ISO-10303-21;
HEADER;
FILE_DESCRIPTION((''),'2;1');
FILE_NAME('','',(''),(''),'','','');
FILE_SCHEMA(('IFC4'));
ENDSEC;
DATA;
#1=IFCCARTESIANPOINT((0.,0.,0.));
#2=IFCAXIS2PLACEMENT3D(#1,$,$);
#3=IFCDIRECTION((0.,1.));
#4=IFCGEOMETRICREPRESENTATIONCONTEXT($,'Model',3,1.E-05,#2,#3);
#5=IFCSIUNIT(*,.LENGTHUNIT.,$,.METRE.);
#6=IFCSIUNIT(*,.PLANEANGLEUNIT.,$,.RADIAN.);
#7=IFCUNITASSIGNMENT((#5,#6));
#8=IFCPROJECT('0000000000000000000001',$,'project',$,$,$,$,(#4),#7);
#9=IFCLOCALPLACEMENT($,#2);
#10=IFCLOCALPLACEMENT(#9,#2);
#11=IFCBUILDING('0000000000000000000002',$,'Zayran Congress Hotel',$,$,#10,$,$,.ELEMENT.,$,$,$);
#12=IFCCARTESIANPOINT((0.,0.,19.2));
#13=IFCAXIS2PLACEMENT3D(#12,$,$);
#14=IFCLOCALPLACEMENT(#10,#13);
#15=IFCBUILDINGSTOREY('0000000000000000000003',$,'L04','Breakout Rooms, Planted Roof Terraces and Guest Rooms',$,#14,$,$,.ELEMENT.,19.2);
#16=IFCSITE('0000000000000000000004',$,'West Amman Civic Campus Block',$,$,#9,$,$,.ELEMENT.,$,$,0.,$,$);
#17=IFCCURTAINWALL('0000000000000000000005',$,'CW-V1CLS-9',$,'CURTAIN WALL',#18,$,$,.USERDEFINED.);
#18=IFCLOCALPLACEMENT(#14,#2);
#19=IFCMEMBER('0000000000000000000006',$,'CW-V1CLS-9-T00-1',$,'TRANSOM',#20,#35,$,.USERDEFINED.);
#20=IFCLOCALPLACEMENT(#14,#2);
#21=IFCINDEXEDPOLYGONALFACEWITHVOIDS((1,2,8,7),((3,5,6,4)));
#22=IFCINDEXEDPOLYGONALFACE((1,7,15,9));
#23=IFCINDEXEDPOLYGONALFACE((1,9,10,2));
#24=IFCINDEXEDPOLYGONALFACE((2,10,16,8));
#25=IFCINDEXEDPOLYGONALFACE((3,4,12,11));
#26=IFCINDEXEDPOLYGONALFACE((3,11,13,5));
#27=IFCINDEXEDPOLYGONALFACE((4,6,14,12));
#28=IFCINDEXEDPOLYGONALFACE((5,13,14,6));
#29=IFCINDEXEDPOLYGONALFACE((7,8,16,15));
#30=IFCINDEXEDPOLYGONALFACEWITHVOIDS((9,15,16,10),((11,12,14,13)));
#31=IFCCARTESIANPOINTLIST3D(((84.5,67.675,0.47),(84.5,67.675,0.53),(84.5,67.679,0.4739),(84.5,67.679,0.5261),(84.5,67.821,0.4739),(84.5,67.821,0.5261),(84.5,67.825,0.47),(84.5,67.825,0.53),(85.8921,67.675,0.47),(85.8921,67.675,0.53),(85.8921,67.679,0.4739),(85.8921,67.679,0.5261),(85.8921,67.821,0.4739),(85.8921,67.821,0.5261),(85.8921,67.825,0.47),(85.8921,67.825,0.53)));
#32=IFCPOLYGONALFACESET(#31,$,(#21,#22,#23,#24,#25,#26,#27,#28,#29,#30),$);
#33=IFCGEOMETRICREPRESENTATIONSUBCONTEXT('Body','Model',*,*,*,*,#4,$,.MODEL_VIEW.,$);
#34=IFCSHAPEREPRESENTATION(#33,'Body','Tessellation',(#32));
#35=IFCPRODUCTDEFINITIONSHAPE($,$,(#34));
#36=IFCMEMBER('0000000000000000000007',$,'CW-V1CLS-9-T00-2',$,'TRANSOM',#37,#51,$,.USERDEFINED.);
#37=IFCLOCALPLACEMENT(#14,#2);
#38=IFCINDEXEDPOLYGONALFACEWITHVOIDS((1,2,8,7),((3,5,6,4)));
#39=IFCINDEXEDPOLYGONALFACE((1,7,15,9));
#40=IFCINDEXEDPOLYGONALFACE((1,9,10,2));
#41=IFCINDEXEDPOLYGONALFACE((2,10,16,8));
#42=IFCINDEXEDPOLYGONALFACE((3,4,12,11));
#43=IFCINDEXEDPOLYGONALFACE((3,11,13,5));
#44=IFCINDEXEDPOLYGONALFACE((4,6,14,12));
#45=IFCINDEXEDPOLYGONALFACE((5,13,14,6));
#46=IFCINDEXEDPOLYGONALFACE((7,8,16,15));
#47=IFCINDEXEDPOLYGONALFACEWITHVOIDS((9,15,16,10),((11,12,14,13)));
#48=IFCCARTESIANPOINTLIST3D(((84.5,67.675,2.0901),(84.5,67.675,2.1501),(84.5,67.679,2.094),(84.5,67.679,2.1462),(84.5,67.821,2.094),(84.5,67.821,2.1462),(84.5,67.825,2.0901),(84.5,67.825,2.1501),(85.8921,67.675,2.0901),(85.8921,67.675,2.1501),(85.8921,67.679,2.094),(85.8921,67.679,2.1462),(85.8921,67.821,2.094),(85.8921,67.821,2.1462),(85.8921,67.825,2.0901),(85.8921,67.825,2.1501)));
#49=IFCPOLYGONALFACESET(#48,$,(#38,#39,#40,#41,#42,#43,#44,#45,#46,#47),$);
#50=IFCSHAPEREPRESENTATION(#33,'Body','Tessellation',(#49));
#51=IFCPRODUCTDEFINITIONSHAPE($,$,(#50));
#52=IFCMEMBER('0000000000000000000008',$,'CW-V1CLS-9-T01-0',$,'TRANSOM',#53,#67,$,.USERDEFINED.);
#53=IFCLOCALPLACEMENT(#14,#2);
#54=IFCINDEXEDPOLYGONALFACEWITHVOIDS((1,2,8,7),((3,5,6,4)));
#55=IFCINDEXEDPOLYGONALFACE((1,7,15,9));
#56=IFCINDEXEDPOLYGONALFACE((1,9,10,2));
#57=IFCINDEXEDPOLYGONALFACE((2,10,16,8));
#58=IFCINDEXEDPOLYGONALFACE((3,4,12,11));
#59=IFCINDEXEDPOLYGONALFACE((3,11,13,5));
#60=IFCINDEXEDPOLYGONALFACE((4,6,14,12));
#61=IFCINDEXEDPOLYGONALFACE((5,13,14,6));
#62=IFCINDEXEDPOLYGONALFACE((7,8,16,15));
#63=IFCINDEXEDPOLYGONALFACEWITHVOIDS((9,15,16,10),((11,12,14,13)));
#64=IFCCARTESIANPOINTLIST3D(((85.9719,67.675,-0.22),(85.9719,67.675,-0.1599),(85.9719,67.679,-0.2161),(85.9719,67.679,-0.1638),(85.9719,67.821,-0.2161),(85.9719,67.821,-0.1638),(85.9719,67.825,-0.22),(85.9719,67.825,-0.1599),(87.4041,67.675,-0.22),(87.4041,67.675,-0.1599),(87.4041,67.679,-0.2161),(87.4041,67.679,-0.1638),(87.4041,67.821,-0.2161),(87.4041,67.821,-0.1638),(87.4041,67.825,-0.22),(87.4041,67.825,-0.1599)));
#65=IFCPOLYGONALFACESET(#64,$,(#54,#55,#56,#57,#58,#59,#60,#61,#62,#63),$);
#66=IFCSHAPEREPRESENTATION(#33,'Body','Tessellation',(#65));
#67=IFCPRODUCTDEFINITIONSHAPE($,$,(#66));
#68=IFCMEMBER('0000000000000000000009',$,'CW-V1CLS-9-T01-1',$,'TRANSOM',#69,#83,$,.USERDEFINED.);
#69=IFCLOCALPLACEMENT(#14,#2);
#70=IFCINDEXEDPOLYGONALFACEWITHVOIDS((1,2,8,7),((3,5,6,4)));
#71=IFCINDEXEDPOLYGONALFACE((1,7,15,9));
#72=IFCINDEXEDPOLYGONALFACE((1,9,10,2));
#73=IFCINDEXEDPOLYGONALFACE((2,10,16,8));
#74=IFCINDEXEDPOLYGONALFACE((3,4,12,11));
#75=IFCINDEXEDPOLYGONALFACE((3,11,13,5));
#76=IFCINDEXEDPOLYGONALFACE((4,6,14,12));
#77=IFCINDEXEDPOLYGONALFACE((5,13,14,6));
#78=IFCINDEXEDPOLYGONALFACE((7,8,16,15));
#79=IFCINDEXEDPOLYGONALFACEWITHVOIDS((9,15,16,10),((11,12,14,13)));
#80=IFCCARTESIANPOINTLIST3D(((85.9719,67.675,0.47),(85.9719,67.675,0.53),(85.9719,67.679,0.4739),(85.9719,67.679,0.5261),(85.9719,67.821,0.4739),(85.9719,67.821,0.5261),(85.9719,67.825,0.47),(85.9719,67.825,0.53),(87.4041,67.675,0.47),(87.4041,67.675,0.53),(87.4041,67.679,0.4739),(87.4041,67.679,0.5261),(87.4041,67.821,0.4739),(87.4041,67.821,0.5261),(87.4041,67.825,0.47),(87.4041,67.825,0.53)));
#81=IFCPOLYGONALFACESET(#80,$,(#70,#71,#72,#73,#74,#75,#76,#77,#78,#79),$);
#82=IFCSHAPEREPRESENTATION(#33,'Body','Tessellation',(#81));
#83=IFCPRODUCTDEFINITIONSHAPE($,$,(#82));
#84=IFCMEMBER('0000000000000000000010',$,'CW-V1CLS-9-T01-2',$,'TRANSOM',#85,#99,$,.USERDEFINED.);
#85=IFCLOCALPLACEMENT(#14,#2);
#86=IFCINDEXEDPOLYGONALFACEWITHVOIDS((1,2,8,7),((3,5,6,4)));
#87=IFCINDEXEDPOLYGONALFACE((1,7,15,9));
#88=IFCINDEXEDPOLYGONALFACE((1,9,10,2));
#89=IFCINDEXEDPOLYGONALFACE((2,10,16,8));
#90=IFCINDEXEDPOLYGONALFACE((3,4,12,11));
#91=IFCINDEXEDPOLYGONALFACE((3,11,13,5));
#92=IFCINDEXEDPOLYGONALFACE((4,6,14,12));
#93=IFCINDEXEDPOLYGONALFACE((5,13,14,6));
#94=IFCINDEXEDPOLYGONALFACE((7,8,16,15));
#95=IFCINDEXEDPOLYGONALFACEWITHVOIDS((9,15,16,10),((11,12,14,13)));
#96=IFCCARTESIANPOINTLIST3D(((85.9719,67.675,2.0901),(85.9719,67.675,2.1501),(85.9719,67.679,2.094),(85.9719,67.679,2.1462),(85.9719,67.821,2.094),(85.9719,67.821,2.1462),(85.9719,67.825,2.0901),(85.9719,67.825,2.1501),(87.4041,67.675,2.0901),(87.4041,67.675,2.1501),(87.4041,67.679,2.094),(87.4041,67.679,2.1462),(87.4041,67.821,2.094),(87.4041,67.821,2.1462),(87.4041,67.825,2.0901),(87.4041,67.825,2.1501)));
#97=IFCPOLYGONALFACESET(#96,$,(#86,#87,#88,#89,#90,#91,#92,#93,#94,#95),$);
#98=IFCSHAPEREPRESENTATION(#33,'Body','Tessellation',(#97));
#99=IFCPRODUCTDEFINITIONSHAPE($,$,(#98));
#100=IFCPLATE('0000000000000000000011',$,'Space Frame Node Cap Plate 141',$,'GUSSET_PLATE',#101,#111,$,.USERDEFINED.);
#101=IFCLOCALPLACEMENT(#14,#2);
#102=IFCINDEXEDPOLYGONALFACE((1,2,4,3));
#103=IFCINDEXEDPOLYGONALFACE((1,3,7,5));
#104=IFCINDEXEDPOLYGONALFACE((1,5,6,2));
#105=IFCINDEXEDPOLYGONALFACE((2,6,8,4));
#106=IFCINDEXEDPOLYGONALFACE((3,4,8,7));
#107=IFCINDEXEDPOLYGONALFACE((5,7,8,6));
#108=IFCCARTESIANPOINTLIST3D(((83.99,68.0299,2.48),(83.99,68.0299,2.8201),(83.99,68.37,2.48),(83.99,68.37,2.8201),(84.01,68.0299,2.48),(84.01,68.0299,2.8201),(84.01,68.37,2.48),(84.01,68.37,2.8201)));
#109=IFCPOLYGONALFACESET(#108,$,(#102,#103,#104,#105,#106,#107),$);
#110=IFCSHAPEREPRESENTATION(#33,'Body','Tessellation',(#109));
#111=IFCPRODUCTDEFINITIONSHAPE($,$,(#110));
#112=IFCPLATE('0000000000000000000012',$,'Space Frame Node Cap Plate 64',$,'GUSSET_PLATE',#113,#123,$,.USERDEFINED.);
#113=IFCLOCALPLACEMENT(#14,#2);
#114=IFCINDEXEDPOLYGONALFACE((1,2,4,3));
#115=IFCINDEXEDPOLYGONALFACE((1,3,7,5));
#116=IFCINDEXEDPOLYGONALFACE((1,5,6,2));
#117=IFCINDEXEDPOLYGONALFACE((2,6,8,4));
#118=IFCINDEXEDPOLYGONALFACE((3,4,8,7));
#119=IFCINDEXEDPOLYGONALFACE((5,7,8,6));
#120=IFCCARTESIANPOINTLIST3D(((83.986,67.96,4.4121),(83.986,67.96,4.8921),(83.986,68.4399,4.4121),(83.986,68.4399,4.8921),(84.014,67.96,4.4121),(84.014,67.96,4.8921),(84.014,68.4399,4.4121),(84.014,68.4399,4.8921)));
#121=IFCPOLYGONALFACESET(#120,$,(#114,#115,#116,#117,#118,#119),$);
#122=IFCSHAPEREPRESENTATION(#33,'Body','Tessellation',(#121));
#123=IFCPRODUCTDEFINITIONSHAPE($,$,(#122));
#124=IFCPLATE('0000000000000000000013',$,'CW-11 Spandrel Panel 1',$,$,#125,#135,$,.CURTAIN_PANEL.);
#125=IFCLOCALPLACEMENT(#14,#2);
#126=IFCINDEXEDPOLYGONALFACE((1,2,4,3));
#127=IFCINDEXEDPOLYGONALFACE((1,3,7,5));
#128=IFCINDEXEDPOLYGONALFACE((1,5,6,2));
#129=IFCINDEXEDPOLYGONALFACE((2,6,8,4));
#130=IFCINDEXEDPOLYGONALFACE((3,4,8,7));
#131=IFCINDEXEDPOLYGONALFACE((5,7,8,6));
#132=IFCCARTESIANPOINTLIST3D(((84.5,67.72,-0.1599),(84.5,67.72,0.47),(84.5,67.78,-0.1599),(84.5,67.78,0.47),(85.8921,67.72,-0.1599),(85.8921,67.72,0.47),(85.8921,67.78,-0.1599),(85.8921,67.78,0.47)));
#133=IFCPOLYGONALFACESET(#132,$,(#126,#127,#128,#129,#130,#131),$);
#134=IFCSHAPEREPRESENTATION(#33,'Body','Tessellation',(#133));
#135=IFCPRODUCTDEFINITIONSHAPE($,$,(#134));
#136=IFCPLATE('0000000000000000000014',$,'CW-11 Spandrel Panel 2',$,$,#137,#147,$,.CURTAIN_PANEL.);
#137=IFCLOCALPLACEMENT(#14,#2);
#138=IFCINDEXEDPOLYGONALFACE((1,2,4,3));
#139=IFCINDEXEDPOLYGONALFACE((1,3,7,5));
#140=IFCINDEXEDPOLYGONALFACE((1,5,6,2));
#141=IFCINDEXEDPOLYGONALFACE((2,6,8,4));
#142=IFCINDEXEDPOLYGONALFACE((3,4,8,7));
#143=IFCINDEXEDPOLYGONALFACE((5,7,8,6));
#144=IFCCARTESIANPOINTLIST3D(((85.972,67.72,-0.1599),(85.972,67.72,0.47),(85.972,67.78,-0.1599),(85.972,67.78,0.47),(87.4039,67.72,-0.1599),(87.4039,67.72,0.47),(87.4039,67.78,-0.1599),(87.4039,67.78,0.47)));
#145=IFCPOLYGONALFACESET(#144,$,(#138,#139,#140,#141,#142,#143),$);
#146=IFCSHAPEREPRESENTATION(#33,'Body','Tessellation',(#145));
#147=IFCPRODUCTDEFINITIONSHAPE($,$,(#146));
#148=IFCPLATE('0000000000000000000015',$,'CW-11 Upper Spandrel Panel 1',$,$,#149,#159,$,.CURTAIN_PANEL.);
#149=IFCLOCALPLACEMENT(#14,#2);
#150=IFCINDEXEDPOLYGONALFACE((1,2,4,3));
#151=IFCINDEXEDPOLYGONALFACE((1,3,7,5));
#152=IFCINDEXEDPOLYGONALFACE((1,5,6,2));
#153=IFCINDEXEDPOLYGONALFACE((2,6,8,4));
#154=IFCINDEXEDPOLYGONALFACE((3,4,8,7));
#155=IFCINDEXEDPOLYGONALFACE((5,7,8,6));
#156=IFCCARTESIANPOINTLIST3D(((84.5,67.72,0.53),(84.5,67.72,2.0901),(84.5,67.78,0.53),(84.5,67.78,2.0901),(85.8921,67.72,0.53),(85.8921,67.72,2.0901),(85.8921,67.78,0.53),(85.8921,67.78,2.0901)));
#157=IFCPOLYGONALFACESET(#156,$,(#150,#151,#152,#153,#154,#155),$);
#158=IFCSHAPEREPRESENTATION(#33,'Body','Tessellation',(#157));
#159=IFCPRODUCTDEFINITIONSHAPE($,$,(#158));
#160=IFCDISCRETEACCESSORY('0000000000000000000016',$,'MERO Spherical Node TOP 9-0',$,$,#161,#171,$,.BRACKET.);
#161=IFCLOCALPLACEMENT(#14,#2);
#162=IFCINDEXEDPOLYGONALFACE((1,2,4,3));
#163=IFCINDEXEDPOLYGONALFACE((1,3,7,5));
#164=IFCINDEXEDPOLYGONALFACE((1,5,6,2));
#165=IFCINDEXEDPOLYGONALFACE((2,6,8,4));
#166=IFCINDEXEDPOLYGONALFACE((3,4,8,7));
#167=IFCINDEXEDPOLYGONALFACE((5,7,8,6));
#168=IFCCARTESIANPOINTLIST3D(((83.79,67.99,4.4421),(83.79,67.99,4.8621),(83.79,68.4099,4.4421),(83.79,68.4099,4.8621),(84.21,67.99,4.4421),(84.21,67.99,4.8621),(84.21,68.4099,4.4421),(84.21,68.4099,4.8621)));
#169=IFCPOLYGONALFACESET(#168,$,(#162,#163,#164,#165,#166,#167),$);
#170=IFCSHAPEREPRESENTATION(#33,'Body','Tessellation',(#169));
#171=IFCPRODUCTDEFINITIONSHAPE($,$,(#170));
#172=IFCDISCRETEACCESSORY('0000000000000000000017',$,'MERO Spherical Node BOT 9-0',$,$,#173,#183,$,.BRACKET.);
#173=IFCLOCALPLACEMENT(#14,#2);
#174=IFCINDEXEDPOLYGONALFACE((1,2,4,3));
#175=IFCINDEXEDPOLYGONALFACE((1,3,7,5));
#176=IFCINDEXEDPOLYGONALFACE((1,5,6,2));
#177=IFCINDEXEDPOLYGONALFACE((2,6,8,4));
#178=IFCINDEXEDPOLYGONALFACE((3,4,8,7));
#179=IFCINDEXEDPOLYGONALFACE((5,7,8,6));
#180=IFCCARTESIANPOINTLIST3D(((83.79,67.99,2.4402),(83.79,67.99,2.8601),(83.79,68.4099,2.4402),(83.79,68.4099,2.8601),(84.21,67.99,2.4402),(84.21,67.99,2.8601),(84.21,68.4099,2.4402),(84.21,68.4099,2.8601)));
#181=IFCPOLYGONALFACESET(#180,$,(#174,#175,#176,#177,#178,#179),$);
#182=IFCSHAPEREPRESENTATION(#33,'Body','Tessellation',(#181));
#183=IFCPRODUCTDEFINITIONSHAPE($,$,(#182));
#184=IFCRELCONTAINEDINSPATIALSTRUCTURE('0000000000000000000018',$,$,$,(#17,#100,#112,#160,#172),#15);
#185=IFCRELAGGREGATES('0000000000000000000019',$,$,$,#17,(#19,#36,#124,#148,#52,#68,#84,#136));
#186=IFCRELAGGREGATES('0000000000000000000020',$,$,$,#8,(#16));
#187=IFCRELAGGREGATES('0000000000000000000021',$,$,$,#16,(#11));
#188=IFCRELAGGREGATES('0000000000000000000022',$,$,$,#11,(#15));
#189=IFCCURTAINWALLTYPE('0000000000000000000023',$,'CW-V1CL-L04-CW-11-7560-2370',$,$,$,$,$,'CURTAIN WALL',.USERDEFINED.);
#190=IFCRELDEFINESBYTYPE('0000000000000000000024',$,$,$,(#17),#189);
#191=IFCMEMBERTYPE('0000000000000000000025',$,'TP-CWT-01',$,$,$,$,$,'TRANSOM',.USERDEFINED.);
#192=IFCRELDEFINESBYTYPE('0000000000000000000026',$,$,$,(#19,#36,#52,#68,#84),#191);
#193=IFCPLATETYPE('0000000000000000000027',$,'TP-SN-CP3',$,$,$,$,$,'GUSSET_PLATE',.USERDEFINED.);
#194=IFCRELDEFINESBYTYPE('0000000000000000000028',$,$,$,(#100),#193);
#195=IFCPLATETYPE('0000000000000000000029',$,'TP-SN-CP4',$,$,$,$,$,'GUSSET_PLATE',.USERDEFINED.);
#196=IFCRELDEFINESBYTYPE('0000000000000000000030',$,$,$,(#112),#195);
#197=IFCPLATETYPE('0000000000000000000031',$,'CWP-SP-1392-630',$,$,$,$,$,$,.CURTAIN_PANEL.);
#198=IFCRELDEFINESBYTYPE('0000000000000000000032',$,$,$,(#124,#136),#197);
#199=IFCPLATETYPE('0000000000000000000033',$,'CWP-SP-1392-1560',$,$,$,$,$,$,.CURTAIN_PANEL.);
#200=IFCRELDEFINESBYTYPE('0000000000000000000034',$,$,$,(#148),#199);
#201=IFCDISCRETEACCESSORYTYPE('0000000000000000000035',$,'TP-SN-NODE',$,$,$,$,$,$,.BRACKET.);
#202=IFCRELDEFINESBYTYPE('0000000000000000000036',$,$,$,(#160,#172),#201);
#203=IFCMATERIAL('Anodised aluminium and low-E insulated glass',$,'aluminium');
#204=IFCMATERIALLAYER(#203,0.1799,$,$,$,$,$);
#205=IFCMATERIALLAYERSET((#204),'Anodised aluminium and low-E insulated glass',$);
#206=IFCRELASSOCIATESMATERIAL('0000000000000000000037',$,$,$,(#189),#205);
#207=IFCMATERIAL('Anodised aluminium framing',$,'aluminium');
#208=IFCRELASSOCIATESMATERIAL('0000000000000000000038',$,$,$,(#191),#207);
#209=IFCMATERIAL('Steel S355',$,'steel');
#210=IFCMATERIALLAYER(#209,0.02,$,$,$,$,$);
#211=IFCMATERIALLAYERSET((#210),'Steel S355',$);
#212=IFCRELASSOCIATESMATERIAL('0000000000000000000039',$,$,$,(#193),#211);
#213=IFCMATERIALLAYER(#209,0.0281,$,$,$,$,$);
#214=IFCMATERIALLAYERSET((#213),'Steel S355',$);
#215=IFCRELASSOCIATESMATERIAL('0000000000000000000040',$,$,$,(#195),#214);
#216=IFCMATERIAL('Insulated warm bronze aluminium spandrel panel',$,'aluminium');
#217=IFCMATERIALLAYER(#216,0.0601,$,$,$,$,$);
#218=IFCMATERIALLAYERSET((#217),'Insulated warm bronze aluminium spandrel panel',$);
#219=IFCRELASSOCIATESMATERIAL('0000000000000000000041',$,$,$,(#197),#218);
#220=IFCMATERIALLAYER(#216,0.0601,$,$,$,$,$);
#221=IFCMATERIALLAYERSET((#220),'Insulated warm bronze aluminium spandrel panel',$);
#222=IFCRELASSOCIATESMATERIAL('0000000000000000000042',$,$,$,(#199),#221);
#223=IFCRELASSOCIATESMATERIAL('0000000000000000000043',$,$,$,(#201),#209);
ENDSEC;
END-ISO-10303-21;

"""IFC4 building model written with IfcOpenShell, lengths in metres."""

from ifc_helpers import new_model, si_unit, direction, frame, origin, origin_2d, place, context, subcontext, project, spatial, rectangle, hollow_rectangle, extrude, material, layer, layer_set, material_profile, profile_set, type_object, element, aggregate, save


model = new_model("IFC4")

# Units and contexts
model_context = context("Model", 3, precision=1e-05, world=origin(), true_north=direction((0.0, 1.0)))
body_context = subcontext(model_context, "Body", "Model", "MODEL_VIEW")
ifc_project = project(units=[si_unit("LENGTHUNIT", "METRE"), si_unit("PLANEANGLEUNIT", "RADIAN")], contexts=[model_context])

# Site, building, storey
site_placement = place(None, origin())
site = spatial("IfcSite", under=ifc_project, at=site_placement, Name="West Amman Civic Campus Block", CompositionType="ELEMENT", RefElevation=0.0)
building_placement = place(site_placement, origin())
building = spatial("IfcBuilding", under=site, at=building_placement, Name="Zayran Congress Hotel", CompositionType="ELEMENT")
storey_placement = place(building_placement, frame((0.0, 0.0, 19.2)))
storey = spatial("IfcBuildingStorey", under=building, at=storey_placement, Name="L04", Description="Breakout Rooms, Planted Roof Terraces and Guest Rooms", CompositionType="ELEMENT", Elevation=19.2)

# Shared definitions
ifc_material_1 = material(Name="Steel S355", Category="steel")

# Curtain wall, members
ifc_material_2 = material(Name="Anodised aluminium and low-E insulated glass", Category="aluminium")
ifc_layer_1 = layer(ifc_material_2, 0.1799)
ifc_layer_set_1 = layer_set([ifc_layer_1], Name="Anodised aluminium and low-E insulated glass")
curtain_wall_type = type_object("IfcCurtainWallType", Name="CW-V1CL-L04-CW-11-7560-2370", ElementType="CURTAIN WALL", PredefinedType="USERDEFINED", material=ifc_layer_set_1)
curtain_wall_placement = place(storey_placement, origin())
curtain_wall = element("IfcCurtainWall", 1, at=curtain_wall_placement, inside=storey, type_object=curtain_wall_type, Name="CW-V1CLS-9", ObjectType="CURTAIN WALL", PredefinedType="USERDEFINED")
ifc_material_3 = material(Name="Anodised aluminium framing", Category="aluminium")
ifc_material_profile_1 = material_profile(ifc_material_3, hollow_rectangle(XDim=0.0601, YDim=0.1499, WallThickness=0.0039, at=origin_2d()), Name="RHS 150x60x4")
ifc_profile_set_1 = profile_set([ifc_material_profile_1], Name="Anodised aluminium framing")
member_type_1 = type_object("IfcMemberType", Name="TP-CWT-01", ElementType="TRANSOM", PredefinedType="USERDEFINED", material=ifc_profile_set_1)
member_1_placement = place(storey_placement, frame((84.5, 67.75, 0.5), z_axis=(1.0, 0.0, 0.0), x_axis=(0.0, 0.0, 1.0)))
member_1 = element("IfcMember", 2, at=member_1_placement, type_object=member_type_1, Name="CW-V1CLS-9-T00-1", ObjectType="TRANSOM", PredefinedType="USERDEFINED", context=body_context, shape_type="SweptSolid", body=[
    extrude(hollow_rectangle(XDim=0.0601, YDim=0.1499, WallThickness=0.0039, at=origin_2d()), origin(), (0.0, 0.0, 1.0), 1.3921),
])
member_2_placement = place(storey_placement, frame((84.5, 67.75, 2.1201), z_axis=(1.0, 0.0, 0.0), x_axis=(0.0, 0.0, 1.0)))
member_2 = element("IfcMember", 3, at=member_2_placement, type_object=member_type_1, Name="CW-V1CLS-9-T00-2", ObjectType="TRANSOM", PredefinedType="USERDEFINED", context=body_context, shape_type="SweptSolid", body=[
    extrude(hollow_rectangle(XDim=0.0601, YDim=0.1499, WallThickness=0.0039, at=origin_2d()), origin(), (0.0, 0.0, 1.0), 1.3921),
])
member_3_placement = place(storey_placement, frame((85.9719, 67.75, -0.1899), z_axis=(1.0, 0.0, 0.0), x_axis=(0.0, 0.0, 1.0)))
member_3 = element("IfcMember", 4, at=member_3_placement, type_object=member_type_1, Name="CW-V1CLS-9-T01-0", ObjectType="TRANSOM", PredefinedType="USERDEFINED", context=body_context, shape_type="SweptSolid", body=[
    extrude(hollow_rectangle(XDim=0.0601, YDim=0.1499, WallThickness=0.0039, at=origin_2d()), origin(), (0.0, 0.0, 1.0), 1.4321),
])
member_4_placement = place(storey_placement, frame((85.9719, 67.75, 0.5), z_axis=(1.0, 0.0, 0.0), x_axis=(0.0, 0.0, 1.0)))
member_4 = element("IfcMember", 5, at=member_4_placement, type_object=member_type_1, Name="CW-V1CLS-9-T01-1", ObjectType="TRANSOM", PredefinedType="USERDEFINED", context=body_context, shape_type="SweptSolid", body=[
    extrude(hollow_rectangle(XDim=0.0601, YDim=0.1499, WallThickness=0.0039, at=origin_2d()), origin(), (0.0, 0.0, 1.0), 1.4321),
])
member_5_placement = place(storey_placement, frame((85.9719, 67.75, 2.1201), z_axis=(1.0, 0.0, 0.0), x_axis=(0.0, 0.0, 1.0)))
member_5 = element("IfcMember", 6, at=member_5_placement, type_object=member_type_1, Name="CW-V1CLS-9-T01-2", ObjectType="TRANSOM", PredefinedType="USERDEFINED", context=body_context, shape_type="SweptSolid", body=[
    extrude(hollow_rectangle(XDim=0.0601, YDim=0.1499, WallThickness=0.0039, at=origin_2d()), origin(), (0.0, 0.0, 1.0), 1.4321),
])

# Plates
ifc_layer_2 = layer(ifc_material_1, 0.02)
ifc_layer_set_2 = layer_set([ifc_layer_2], Name="Steel S355")
plate_type_1 = type_object("IfcPlateType", Name="TP-SN-CP3", ElementType="GUSSET_PLATE", PredefinedType="USERDEFINED", material=ifc_layer_set_2)
plate_1_placement = place(storey_placement, frame((84.0, 68.2, 2.48), z_axis=(0.0, 0.0, 1.0), x_axis=(0.0, 1.0, 0.0)))
element("IfcPlate", 7, at=plate_1_placement, inside=storey, type_object=plate_type_1, Name="Space Frame Node Cap Plate 141", ObjectType="GUSSET_PLATE", PredefinedType="USERDEFINED", context=body_context, shape_type="SweptSolid", body=[
    extrude(rectangle(XDim=0.3401, YDim=0.02, at=origin_2d()), origin(), (0.0, 0.0, 1.0), 0.3401),
])
ifc_layer_3 = layer(ifc_material_1, 0.0281)
ifc_layer_set_3 = layer_set([ifc_layer_3], Name="Steel S355")
plate_type_2 = type_object("IfcPlateType", Name="TP-SN-CP4", ElementType="GUSSET_PLATE", PredefinedType="USERDEFINED", material=ifc_layer_set_3)
plate_2_placement = place(storey_placement, frame((84.0, 68.2, 4.4121), z_axis=(0.0, 0.0, 1.0), x_axis=(0.0, 1.0, 0.0)))
element("IfcPlate", 8, at=plate_2_placement, inside=storey, type_object=plate_type_2, Name="Space Frame Node Cap Plate 64", ObjectType="GUSSET_PLATE", PredefinedType="USERDEFINED", context=body_context, shape_type="SweptSolid", body=[
    extrude(rectangle(XDim=0.48, YDim=0.0281, at=origin_2d()), origin(), (0.0, 0.0, 1.0), 0.48),
])

# Plates
ifc_material_4 = material(Name="Insulated warm bronze aluminium spandrel panel", Category="aluminium")
ifc_layer_4 = layer(ifc_material_4, 0.0601)
ifc_layer_set_4 = layer_set([ifc_layer_4], Name="Insulated warm bronze aluminium spandrel panel")
plate_type_3 = type_object("IfcPlateType", Name="CWP-SP-1392-630", PredefinedType="CURTAIN_PANEL", material=ifc_layer_set_4)
plate_3_placement = place(storey_placement, frame((85.196, 67.75, -0.1599), z_axis=(0.0, 0.0, 1.0), x_axis=(1.0, 0.0, 0.0)))
plate_3 = element("IfcPlate", 9, at=plate_3_placement, type_object=plate_type_3, Name="CW-11 Spandrel Panel 1", PredefinedType="CURTAIN_PANEL", context=body_context, shape_type="SweptSolid", body=[
    extrude(rectangle(XDim=1.3921, YDim=0.0601, at=origin_2d()), origin(), (0.0, 0.0, 1.0), 0.6299),
])
plate_4_placement = place(storey_placement, frame((86.688, 67.75, -0.1599), z_axis=(0.0, 0.0, 1.0), x_axis=(1.0, 0.0, 0.0)))
plate_4 = element("IfcPlate", 10, at=plate_4_placement, type_object=plate_type_3, Name="CW-11 Spandrel Panel 2", PredefinedType="CURTAIN_PANEL", context=body_context, shape_type="SweptSolid", body=[
    extrude(rectangle(XDim=1.4319, YDim=0.0601, at=origin_2d()), origin(), (0.0, 0.0, 1.0), 0.6299),
])
ifc_layer_5 = layer(ifc_material_4, 0.0601)
ifc_layer_set_5 = layer_set([ifc_layer_5], Name="Insulated warm bronze aluminium spandrel panel")
plate_type_4 = type_object("IfcPlateType", Name="CWP-SP-1392-1560", PredefinedType="CURTAIN_PANEL", material=ifc_layer_set_5)
plate_5_placement = place(storey_placement, frame((85.196, 67.75, 0.53), z_axis=(0.0, 0.0, 1.0), x_axis=(1.0, 0.0, 0.0)))
plate_5 = element("IfcPlate", 11, at=plate_5_placement, type_object=plate_type_4, Name="CW-11 Upper Spandrel Panel 1", PredefinedType="CURTAIN_PANEL", context=body_context, shape_type="SweptSolid", body=[
    extrude(rectangle(XDim=1.3921, YDim=0.0601, at=origin_2d()), origin(), (0.0, 0.0, 1.0), 1.5601),
])
aggregate(curtain_wall, [member_1, member_2, plate_3, plate_5, member_3, member_4, member_5, plate_4])

# Discrete accessories
discrete_accessory_type = type_object("IfcDiscreteAccessoryType", Name="TP-SN-NODE", PredefinedType="BRACKET", material=ifc_material_1)
for number, where, z_axis, x_axis, name in (
    (12, (84.0, 68.2, 4.4421), (0.0, 0.0, 1.0), (1.0, 0.0, 0.0), "MERO Spherical Node TOP 9-0"),
    (13, (84.0, 68.2, 2.4402), (0.0, 0.0, 1.0), (1.0, 0.0, 0.0), "MERO Spherical Node BOT 9-0"),
):
    element("IfcDiscreteAccessory", number, at=place(storey_placement, frame(where, z_axis=z_axis, x_axis=x_axis)), inside=storey, type_object=discrete_accessory_type, Name=name, PredefinedType="BRACKET", context=body_context, shape_type="SweptSolid", body=[
        extrude(rectangle(XDim=0.4199, YDim=0.4199, at=origin_2d()), origin(), (0.0, 0.0, 1.0), 0.4199),
    ])

save(model, "model.ifc")
